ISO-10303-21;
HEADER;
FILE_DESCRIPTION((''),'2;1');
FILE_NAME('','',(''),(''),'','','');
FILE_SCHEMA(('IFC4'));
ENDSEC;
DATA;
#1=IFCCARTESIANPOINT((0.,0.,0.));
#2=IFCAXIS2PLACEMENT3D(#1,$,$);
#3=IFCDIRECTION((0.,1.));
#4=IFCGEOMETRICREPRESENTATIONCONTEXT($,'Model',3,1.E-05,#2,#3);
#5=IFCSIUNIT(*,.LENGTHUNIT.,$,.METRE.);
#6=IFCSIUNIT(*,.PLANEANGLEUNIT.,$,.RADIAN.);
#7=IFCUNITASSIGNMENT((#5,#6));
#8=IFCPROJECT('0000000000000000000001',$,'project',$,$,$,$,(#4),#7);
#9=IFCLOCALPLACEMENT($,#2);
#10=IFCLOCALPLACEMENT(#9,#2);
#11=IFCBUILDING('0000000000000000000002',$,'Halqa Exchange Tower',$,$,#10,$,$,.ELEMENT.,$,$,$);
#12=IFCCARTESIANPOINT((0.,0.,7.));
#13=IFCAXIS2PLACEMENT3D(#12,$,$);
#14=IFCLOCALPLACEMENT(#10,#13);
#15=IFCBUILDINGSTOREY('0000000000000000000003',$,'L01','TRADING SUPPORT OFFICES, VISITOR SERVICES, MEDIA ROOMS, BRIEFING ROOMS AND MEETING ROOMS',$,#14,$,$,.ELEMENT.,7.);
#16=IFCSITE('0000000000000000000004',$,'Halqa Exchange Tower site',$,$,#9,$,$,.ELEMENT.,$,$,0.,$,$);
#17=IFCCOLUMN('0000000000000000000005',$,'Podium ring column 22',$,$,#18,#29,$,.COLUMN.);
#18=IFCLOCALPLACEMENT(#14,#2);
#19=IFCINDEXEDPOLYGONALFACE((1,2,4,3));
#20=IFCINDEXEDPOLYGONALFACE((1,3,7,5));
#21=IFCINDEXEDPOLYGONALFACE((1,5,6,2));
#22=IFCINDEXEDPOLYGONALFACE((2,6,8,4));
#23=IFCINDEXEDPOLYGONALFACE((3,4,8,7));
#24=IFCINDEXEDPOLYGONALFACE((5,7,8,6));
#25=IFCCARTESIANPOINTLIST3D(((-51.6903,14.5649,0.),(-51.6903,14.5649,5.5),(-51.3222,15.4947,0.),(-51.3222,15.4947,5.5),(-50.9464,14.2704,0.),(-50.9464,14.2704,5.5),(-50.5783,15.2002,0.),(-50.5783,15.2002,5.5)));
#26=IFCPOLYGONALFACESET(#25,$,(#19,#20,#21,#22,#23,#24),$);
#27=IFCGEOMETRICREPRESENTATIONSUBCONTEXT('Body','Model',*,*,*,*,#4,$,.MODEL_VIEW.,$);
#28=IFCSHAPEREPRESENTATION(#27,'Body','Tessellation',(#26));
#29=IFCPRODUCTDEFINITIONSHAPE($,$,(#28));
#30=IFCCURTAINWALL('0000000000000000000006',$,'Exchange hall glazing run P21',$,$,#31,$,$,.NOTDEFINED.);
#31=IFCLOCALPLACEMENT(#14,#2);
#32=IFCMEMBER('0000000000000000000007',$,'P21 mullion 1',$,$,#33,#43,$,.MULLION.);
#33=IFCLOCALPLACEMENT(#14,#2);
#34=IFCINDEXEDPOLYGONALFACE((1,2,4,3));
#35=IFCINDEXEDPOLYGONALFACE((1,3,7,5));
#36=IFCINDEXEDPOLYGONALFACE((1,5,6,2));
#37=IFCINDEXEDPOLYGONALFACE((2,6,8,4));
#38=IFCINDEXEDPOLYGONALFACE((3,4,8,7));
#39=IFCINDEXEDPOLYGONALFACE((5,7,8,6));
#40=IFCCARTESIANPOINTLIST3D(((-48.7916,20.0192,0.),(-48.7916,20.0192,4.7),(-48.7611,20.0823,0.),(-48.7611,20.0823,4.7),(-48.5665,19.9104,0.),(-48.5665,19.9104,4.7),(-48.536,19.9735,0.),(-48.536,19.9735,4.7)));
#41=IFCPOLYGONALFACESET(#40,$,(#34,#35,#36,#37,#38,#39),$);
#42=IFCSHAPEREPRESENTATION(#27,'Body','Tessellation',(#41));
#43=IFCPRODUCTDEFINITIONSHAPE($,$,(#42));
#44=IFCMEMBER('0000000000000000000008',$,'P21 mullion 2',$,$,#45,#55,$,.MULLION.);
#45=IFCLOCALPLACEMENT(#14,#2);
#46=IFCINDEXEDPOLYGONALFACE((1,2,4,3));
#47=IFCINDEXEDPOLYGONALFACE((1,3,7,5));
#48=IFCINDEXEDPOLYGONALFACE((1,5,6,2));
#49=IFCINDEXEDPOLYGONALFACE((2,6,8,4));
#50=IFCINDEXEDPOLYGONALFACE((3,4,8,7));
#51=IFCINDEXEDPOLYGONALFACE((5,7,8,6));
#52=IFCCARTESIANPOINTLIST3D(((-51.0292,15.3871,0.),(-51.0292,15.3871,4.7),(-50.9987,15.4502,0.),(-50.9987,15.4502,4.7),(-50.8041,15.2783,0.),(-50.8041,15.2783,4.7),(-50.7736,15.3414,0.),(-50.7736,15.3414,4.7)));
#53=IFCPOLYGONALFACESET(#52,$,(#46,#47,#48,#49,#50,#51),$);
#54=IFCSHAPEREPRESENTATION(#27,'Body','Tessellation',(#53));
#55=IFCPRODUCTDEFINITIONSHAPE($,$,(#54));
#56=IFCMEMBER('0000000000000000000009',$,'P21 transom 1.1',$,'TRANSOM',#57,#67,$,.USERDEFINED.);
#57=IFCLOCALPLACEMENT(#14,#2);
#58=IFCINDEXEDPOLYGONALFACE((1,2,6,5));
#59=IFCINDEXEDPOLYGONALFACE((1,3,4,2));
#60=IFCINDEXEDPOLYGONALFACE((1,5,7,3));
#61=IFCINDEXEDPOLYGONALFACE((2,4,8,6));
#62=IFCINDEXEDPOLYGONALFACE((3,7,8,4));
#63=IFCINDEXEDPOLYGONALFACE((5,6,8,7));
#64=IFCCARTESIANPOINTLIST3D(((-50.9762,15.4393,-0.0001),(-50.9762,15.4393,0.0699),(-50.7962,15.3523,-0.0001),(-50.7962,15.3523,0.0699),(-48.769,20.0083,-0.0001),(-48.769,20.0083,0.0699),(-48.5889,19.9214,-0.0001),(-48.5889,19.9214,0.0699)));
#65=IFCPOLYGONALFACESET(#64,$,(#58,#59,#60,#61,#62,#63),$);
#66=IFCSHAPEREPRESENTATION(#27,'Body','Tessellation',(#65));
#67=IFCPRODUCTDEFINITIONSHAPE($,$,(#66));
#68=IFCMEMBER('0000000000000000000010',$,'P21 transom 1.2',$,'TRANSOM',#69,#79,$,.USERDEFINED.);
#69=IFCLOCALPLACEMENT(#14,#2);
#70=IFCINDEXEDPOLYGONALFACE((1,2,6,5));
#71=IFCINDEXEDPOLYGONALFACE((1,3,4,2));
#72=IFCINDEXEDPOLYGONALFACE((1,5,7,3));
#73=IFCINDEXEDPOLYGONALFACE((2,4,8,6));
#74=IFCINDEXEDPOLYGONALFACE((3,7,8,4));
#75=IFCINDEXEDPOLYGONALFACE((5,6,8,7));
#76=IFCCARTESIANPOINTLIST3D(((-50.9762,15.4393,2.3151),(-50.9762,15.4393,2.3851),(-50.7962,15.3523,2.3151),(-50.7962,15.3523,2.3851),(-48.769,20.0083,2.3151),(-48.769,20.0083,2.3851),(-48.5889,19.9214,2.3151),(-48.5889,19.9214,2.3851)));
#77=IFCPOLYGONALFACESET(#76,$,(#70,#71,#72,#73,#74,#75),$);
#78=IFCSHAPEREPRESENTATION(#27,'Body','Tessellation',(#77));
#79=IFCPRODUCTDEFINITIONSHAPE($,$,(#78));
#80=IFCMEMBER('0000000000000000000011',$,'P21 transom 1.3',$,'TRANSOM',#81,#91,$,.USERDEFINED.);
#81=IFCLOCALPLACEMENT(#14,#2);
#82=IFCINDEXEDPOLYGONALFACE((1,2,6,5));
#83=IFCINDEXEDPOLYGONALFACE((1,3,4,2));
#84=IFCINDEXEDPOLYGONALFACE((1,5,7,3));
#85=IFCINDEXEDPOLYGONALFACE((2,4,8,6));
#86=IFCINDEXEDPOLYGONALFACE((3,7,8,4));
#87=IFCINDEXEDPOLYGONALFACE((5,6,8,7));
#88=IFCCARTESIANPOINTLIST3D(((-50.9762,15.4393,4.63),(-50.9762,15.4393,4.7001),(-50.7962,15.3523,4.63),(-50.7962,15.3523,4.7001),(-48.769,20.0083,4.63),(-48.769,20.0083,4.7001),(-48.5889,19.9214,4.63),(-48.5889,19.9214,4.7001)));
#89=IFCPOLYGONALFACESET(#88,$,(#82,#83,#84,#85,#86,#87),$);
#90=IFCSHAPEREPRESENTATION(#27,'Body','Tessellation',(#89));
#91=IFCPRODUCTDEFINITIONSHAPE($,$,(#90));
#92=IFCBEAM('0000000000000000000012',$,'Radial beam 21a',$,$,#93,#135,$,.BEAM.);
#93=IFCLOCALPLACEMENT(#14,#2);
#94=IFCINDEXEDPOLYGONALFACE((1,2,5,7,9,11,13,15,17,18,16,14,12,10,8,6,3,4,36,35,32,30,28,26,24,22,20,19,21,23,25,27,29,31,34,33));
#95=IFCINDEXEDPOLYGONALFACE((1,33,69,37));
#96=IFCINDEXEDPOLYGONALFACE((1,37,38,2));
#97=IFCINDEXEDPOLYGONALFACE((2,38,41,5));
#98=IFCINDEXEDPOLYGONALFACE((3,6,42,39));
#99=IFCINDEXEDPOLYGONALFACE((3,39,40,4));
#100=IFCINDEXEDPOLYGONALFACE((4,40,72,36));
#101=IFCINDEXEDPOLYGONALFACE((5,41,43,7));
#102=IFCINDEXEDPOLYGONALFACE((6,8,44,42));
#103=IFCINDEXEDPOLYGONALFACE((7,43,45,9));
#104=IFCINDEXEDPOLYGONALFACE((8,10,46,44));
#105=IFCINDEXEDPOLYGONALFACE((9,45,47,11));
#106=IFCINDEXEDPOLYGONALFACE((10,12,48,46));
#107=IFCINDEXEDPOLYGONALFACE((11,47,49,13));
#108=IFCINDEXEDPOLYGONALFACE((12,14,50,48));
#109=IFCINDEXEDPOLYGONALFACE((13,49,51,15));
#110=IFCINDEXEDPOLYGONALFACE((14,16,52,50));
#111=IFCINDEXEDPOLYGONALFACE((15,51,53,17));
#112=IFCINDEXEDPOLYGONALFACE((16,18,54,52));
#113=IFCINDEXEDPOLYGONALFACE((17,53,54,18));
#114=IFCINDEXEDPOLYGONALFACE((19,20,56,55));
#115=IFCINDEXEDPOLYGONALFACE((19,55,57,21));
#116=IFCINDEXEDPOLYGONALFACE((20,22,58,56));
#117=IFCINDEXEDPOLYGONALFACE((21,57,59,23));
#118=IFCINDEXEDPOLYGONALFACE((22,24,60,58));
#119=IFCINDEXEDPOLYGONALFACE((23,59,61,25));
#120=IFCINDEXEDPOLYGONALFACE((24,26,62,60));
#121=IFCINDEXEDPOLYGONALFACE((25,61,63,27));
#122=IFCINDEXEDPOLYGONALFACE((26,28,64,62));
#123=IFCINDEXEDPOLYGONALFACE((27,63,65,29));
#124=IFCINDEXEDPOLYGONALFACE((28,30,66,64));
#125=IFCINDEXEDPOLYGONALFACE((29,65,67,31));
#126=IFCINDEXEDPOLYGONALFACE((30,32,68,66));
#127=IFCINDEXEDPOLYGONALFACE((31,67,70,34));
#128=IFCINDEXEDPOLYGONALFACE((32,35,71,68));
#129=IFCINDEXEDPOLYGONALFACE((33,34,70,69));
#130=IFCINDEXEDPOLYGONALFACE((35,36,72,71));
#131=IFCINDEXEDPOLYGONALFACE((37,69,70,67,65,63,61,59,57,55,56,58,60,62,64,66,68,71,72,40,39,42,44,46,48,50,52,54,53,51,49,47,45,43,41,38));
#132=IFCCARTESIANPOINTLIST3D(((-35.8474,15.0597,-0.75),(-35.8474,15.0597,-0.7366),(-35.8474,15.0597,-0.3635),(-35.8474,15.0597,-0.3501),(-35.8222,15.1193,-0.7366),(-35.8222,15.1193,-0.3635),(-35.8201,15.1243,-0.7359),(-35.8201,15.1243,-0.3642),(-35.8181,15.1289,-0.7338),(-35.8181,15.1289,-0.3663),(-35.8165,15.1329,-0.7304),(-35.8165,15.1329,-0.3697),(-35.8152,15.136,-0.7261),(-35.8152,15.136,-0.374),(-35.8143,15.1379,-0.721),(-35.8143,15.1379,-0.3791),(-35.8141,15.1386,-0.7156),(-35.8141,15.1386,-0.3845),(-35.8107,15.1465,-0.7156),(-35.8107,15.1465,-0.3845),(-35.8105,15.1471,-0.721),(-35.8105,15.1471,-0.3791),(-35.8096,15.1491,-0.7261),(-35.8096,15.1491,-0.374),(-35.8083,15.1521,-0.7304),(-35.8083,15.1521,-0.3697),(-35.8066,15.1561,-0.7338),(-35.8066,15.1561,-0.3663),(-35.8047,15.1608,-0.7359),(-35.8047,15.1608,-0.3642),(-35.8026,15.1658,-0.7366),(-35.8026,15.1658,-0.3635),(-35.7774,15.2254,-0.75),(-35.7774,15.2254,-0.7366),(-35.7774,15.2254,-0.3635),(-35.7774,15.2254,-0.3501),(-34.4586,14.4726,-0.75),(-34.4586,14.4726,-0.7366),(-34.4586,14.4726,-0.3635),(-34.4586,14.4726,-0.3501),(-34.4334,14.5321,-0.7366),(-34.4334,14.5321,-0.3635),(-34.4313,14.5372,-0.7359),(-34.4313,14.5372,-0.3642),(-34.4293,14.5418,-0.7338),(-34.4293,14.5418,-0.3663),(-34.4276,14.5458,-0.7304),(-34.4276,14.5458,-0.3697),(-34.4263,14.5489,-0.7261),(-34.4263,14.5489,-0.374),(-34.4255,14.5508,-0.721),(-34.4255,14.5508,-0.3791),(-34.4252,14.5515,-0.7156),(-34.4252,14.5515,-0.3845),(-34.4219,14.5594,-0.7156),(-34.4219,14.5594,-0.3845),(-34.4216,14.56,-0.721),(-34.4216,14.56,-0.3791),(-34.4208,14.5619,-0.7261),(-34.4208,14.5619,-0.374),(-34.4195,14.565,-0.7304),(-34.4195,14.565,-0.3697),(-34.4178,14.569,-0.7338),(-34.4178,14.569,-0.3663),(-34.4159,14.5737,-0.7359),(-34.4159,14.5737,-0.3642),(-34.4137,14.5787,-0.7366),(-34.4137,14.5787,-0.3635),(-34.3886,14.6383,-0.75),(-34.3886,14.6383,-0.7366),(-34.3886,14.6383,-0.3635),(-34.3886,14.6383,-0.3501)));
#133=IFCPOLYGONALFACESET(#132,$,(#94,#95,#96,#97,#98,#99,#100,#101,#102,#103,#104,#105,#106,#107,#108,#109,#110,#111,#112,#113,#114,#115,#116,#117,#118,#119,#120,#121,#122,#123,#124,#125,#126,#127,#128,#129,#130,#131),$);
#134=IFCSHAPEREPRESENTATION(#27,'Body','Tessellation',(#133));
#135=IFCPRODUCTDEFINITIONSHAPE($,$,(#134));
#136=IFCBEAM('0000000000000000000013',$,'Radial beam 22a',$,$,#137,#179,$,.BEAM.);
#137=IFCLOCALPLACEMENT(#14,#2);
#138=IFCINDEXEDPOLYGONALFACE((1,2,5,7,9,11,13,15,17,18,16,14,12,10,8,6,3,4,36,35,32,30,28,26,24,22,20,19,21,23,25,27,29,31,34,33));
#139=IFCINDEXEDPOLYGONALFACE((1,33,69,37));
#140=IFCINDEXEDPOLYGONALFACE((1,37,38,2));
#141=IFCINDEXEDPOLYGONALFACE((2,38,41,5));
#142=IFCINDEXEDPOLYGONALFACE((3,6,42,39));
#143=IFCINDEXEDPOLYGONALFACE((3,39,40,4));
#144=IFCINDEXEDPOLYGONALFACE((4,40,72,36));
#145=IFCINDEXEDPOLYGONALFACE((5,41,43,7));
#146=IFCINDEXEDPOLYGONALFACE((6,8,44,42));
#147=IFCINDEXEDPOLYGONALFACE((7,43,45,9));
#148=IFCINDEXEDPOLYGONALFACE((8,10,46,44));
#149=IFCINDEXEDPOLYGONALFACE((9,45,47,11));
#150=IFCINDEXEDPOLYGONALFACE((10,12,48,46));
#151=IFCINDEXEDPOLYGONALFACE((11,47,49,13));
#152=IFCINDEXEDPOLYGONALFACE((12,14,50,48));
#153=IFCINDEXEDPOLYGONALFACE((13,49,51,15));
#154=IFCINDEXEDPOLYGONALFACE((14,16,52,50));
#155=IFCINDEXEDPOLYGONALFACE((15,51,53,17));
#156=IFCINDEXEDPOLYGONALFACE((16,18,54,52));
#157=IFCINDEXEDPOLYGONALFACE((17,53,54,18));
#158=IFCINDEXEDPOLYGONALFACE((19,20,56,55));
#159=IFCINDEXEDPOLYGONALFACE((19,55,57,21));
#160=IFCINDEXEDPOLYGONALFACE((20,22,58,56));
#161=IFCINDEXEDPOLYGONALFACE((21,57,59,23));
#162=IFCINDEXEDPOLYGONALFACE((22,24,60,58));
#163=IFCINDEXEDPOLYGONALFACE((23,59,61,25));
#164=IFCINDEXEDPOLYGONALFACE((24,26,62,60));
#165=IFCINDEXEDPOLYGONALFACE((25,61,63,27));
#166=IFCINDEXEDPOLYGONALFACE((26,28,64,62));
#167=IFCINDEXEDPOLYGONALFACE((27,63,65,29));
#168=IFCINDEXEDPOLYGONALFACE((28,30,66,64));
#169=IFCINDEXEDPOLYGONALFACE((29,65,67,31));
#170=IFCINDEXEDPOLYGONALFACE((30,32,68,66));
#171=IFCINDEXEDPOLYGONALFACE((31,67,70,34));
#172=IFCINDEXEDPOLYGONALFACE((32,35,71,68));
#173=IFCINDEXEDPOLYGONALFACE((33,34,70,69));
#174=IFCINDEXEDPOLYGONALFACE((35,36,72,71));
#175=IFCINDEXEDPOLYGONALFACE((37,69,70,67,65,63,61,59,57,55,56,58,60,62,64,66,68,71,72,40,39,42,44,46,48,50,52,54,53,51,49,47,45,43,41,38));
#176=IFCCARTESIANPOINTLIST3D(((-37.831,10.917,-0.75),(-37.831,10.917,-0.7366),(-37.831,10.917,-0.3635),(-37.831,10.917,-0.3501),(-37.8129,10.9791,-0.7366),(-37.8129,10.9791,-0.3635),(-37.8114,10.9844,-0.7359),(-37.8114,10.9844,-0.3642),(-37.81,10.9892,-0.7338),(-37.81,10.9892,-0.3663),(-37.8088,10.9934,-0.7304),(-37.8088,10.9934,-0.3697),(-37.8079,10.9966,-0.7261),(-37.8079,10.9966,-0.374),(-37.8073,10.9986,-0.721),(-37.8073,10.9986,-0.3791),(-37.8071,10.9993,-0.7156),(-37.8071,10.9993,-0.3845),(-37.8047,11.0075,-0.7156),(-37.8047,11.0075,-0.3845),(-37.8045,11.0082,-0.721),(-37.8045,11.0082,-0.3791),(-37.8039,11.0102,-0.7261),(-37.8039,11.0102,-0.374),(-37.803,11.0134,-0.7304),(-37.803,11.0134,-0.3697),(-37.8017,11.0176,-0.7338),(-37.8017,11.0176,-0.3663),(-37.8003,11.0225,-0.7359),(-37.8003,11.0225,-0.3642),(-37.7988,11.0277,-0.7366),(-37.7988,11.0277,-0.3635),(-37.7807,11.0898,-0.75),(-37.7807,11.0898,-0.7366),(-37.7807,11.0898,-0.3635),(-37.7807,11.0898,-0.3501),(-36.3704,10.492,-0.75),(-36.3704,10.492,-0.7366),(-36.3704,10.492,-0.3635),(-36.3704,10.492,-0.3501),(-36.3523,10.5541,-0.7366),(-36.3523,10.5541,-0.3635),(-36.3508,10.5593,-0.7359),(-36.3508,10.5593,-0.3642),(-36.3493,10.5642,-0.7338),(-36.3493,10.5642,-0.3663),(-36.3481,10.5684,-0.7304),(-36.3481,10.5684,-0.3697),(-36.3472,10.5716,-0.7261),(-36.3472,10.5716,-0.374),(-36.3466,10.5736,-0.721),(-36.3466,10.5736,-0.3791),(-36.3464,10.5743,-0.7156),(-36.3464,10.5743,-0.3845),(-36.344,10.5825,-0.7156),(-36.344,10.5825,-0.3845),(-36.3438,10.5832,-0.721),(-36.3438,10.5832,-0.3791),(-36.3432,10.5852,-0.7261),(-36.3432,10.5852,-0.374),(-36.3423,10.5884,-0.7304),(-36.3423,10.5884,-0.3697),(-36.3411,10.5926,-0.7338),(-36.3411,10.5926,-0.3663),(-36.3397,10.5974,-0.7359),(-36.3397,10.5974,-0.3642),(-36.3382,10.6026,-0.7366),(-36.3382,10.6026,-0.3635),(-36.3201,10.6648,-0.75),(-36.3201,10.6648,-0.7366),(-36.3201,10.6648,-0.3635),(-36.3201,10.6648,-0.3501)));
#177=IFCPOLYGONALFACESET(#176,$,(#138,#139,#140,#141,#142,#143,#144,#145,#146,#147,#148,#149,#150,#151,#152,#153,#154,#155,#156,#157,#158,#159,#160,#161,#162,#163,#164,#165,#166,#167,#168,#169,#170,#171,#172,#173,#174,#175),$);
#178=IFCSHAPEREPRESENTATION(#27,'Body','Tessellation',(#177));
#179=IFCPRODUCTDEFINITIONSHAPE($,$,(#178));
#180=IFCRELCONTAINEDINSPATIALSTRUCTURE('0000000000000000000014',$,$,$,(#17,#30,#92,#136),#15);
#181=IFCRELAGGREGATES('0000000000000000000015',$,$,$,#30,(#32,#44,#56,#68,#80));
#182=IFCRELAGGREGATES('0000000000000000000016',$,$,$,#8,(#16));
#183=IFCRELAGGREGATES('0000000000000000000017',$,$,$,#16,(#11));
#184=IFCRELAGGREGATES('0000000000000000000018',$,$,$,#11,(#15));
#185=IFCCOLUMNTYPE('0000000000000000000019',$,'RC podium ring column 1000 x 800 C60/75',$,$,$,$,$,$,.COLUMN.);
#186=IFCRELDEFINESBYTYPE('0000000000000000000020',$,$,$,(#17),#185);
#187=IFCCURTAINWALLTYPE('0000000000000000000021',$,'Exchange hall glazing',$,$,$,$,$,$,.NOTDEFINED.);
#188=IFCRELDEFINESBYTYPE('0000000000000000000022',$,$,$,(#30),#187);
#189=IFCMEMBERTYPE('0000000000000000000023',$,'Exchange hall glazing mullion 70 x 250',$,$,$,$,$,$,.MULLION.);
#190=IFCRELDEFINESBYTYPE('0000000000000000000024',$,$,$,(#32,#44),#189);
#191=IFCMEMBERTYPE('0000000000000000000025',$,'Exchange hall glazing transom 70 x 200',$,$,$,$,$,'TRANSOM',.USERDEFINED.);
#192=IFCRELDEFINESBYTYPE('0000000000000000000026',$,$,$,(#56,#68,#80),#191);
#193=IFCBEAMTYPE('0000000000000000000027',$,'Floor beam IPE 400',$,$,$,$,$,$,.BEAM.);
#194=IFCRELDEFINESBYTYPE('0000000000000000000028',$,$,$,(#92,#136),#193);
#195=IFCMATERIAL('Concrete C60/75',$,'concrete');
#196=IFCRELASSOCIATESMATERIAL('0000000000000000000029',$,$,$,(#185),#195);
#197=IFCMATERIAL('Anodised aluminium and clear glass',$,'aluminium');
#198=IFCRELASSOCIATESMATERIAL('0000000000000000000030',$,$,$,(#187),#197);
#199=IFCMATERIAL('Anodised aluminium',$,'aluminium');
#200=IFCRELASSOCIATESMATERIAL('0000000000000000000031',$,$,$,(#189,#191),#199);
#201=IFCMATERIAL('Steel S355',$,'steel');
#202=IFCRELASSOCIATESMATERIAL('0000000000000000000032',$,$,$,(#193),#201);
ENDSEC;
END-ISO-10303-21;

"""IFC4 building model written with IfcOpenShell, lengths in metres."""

from ifc_helpers import new_model, si_unit, direction, frame, origin, origin_2d, place, context, subcontext, project, spatial, rectangle, i_section, extrude, material, material_profile, profile_set, type_object, element, aggregate, save


model = new_model("IFC4")

# Units and contexts
model_context = context("Model", 3, precision=1e-05, world=origin(), true_north=direction((0.0, 1.0)))
body_context = subcontext(model_context, "Body", "Model", "MODEL_VIEW")
ifc_project = project(units=[si_unit("LENGTHUNIT", "METRE"), si_unit("PLANEANGLEUNIT", "RADIAN")], contexts=[model_context])

# Site, building, storey
site_placement = place(None, origin())
site = spatial("IfcSite", under=ifc_project, at=site_placement, Name="Halqa Exchange Tower site", CompositionType="ELEMENT", RefElevation=0.0)
building_placement = place(site_placement, origin())
building = spatial("IfcBuilding", under=site, at=building_placement, Name="Halqa Exchange Tower", CompositionType="ELEMENT")
storey_placement = place(building_placement, frame((0.0, 0.0, 7.0)))
storey = spatial("IfcBuildingStorey", under=building, at=storey_placement, Name="L01", Description="TRADING SUPPORT OFFICES, VISITOR SERVICES, MEDIA ROOMS, BRIEFING ROOMS AND MEETING ROOMS", CompositionType="ELEMENT", Elevation=7.0)

# Column
ifc_material_1 = material(Name="Concrete C60/75", Category="concrete")
ifc_material_profile_1 = material_profile(ifc_material_1, rectangle(XDim=1.0, YDim=0.8, at=origin_2d()), Name="1000 x 800")
ifc_profile_set_1 = profile_set([ifc_material_profile_1], Name="Concrete C60/75")
column_type = type_object("IfcColumnType", Name="RC podium ring column 1000 x 800 C60/75", PredefinedType="COLUMN", material=ifc_profile_set_1)
column_placement = place(storey_placement, frame((-51.1343, 14.8826, 0.0), z_axis=(0.0, 0.0, 1.0), x_axis=(-0.36811, -0.929782, 0.0)))
element("IfcColumn", 1, at=column_placement, inside=storey, type_object=column_type, Name="Podium ring column 22", PredefinedType="COLUMN", context=body_context, shape_type="SweptSolid", body=[
    extrude(rectangle(XDim=1.0, YDim=0.8, at=origin_2d()), origin(), (0.0, 0.0, 1.0), 5.5),
])

# Curtain wall, members
ifc_material_2 = material(Name="Anodised aluminium and clear glass", Category="aluminium")
curtain_wall_type = type_object("IfcCurtainWallType", Name="Exchange hall glazing", PredefinedType="NOTDEFINED", material=ifc_material_2)
curtain_wall_placement = place(storey_placement, origin())
curtain_wall = element("IfcCurtainWall", 2, at=curtain_wall_placement, inside=storey, type_object=curtain_wall_type, Name="Exchange hall glazing run P21", PredefinedType="NOTDEFINED")
ifc_material_3 = material(Name="Anodised aluminium", Category="aluminium")
ifc_material_profile_2 = material_profile(ifc_material_3, rectangle(XDim=0.25, YDim=0.0701, at=origin_2d()), Name="AL 70x250")
ifc_profile_set_2 = profile_set([ifc_material_profile_2], Name="Anodised aluminium")
member_type_1 = type_object("IfcMemberType", Name="Exchange hall glazing mullion 70 x 250", PredefinedType="MULLION", material=ifc_profile_set_2)
member_1_placement = place(storey_placement, frame((-48.6638, 19.9963, 0.0), z_axis=(0.0, 0.0, 1.0), x_axis=(0.900435, -0.43499, 0.0)))
member_1 = element("IfcMember", 3, at=member_1_placement, type_object=member_type_1, Name="P21 mullion 1", PredefinedType="MULLION", context=body_context, shape_type="SweptSolid", body=[
    extrude(rectangle(XDim=0.25, YDim=0.0701, at=origin_2d()), origin(), (0.0, 0.0, 1.0), 4.7),
])
member_2_placement = place(storey_placement, frame((-50.9014, 15.3643, 0.0), z_axis=(0.0, 0.0, 1.0), x_axis=(0.900435, -0.43499, 0.0)))
member_2 = element("IfcMember", 4, at=member_2_placement, type_object=member_type_1, Name="P21 mullion 2", PredefinedType="MULLION", context=body_context, shape_type="SweptSolid", body=[
    extrude(rectangle(XDim=0.25, YDim=0.0701, at=origin_2d()), origin(), (0.0, 0.0, 1.0), 4.7),
])
ifc_material_profile_3 = material_profile(ifc_material_3, rectangle(XDim=0.2, YDim=0.0701, at=origin_2d()), Name="AL 70x200")
ifc_profile_set_3 = profile_set([ifc_material_profile_3], Name="Anodised aluminium")
member_type_2 = type_object("IfcMemberType", Name="Exchange hall glazing transom 70 x 200", ElementType="TRANSOM", PredefinedType="USERDEFINED", material=ifc_profile_set_3)
member_3_placement = place(storey_placement, frame((-48.679, 19.9648, 0.0349), z_axis=(-0.43499, -0.900435, 0.0), x_axis=(0.900435, -0.43499, 0.0)))
member_3 = element("IfcMember", 5, at=member_3_placement, type_object=member_type_2, Name="P21 transom 1.1", ObjectType="TRANSOM", PredefinedType="USERDEFINED", context=body_context, shape_type="SweptSolid", body=[
    extrude(rectangle(XDim=0.2, YDim=0.0701, at=origin_2d()), origin(), (0.0, 0.0, 1.0), 5.0742),
])
member_4_placement = place(storey_placement, frame((-48.679, 19.9648, 2.3501), z_axis=(-0.43499, -0.900435, 0.0), x_axis=(0.900435, -0.43499, 0.0)))
member_4 = element("IfcMember", 6, at=member_4_placement, type_object=member_type_2, Name="P21 transom 1.2", ObjectType="TRANSOM", PredefinedType="USERDEFINED", context=body_context, shape_type="SweptSolid", body=[
    extrude(rectangle(XDim=0.2, YDim=0.0701, at=origin_2d()), origin(), (0.0, 0.0, 1.0), 5.0742),
])
member_5_placement = place(storey_placement, frame((-48.679, 19.9648, 4.665), z_axis=(-0.43499, -0.900435, 0.0), x_axis=(0.900435, -0.43499, 0.0)))
member_5 = element("IfcMember", 7, at=member_5_placement, type_object=member_type_2, Name="P21 transom 1.3", ObjectType="TRANSOM", PredefinedType="USERDEFINED", context=body_context, shape_type="SweptSolid", body=[
    extrude(rectangle(XDim=0.2, YDim=0.0701, at=origin_2d()), origin(), (0.0, 0.0, 1.0), 5.0742),
])

# Beams
ifc_material_4 = material(Name="Steel S355", Category="steel")
ifc_material_profile_4 = material_profile(ifc_material_4, i_section(OverallWidth=0.1799, OverallDepth=0.3999, WebThickness=0.0085, FlangeThickness=0.0134, FilletRadius=0.021, at=origin_2d()), Name="IPE 400")
ifc_profile_set_4 = profile_set([ifc_material_profile_4], Name="Steel S355")
beam_type_1 = type_object("IfcBeamType", Name="Floor beam IPE 400", PredefinedType="BEAM", material=ifc_profile_set_4)
beam_1_placement = place(storey_placement, frame((-34.4236, 14.5554, -0.55), z_axis=(-0.921077, 0.389381, 0.0), x_axis=(-0.389381, -0.921077, 0.0)))
element("IfcBeam", 8, at=beam_1_placement, inside=storey, type_object=beam_type_1, Name="Radial beam 21a", PredefinedType="BEAM", context=body_context, shape_type="SweptSolid", body=[
    extrude(i_section(OverallWidth=0.1799, OverallDepth=0.3999, WebThickness=0.0085, FlangeThickness=0.0134, FilletRadius=0.021, at=origin_2d()), origin(), (0.0, 0.0, 1.0), 1.5078),
])
beam_2_placement = place(storey_placement, frame((-36.3452, 10.5784, -0.55), z_axis=(-0.960174, 0.279402, 0.0), x_axis=(-0.279402, -0.960174, 0.0)))
element("IfcBeam", 9, at=beam_2_placement, inside=storey, type_object=beam_type_1, Name="Radial beam 22a", PredefinedType="BEAM", context=body_context, shape_type="SweptSolid", body=[
    extrude(i_section(OverallWidth=0.1799, OverallDepth=0.3999, WebThickness=0.0085, FlangeThickness=0.0134, FilletRadius=0.021, at=origin_2d()), origin(), (0.0, 0.0, 1.0), 1.5212),
])

aggregate(curtain_wall, [member_1, member_2, member_3, member_4, member_5])

save(model, "model.ifc")
